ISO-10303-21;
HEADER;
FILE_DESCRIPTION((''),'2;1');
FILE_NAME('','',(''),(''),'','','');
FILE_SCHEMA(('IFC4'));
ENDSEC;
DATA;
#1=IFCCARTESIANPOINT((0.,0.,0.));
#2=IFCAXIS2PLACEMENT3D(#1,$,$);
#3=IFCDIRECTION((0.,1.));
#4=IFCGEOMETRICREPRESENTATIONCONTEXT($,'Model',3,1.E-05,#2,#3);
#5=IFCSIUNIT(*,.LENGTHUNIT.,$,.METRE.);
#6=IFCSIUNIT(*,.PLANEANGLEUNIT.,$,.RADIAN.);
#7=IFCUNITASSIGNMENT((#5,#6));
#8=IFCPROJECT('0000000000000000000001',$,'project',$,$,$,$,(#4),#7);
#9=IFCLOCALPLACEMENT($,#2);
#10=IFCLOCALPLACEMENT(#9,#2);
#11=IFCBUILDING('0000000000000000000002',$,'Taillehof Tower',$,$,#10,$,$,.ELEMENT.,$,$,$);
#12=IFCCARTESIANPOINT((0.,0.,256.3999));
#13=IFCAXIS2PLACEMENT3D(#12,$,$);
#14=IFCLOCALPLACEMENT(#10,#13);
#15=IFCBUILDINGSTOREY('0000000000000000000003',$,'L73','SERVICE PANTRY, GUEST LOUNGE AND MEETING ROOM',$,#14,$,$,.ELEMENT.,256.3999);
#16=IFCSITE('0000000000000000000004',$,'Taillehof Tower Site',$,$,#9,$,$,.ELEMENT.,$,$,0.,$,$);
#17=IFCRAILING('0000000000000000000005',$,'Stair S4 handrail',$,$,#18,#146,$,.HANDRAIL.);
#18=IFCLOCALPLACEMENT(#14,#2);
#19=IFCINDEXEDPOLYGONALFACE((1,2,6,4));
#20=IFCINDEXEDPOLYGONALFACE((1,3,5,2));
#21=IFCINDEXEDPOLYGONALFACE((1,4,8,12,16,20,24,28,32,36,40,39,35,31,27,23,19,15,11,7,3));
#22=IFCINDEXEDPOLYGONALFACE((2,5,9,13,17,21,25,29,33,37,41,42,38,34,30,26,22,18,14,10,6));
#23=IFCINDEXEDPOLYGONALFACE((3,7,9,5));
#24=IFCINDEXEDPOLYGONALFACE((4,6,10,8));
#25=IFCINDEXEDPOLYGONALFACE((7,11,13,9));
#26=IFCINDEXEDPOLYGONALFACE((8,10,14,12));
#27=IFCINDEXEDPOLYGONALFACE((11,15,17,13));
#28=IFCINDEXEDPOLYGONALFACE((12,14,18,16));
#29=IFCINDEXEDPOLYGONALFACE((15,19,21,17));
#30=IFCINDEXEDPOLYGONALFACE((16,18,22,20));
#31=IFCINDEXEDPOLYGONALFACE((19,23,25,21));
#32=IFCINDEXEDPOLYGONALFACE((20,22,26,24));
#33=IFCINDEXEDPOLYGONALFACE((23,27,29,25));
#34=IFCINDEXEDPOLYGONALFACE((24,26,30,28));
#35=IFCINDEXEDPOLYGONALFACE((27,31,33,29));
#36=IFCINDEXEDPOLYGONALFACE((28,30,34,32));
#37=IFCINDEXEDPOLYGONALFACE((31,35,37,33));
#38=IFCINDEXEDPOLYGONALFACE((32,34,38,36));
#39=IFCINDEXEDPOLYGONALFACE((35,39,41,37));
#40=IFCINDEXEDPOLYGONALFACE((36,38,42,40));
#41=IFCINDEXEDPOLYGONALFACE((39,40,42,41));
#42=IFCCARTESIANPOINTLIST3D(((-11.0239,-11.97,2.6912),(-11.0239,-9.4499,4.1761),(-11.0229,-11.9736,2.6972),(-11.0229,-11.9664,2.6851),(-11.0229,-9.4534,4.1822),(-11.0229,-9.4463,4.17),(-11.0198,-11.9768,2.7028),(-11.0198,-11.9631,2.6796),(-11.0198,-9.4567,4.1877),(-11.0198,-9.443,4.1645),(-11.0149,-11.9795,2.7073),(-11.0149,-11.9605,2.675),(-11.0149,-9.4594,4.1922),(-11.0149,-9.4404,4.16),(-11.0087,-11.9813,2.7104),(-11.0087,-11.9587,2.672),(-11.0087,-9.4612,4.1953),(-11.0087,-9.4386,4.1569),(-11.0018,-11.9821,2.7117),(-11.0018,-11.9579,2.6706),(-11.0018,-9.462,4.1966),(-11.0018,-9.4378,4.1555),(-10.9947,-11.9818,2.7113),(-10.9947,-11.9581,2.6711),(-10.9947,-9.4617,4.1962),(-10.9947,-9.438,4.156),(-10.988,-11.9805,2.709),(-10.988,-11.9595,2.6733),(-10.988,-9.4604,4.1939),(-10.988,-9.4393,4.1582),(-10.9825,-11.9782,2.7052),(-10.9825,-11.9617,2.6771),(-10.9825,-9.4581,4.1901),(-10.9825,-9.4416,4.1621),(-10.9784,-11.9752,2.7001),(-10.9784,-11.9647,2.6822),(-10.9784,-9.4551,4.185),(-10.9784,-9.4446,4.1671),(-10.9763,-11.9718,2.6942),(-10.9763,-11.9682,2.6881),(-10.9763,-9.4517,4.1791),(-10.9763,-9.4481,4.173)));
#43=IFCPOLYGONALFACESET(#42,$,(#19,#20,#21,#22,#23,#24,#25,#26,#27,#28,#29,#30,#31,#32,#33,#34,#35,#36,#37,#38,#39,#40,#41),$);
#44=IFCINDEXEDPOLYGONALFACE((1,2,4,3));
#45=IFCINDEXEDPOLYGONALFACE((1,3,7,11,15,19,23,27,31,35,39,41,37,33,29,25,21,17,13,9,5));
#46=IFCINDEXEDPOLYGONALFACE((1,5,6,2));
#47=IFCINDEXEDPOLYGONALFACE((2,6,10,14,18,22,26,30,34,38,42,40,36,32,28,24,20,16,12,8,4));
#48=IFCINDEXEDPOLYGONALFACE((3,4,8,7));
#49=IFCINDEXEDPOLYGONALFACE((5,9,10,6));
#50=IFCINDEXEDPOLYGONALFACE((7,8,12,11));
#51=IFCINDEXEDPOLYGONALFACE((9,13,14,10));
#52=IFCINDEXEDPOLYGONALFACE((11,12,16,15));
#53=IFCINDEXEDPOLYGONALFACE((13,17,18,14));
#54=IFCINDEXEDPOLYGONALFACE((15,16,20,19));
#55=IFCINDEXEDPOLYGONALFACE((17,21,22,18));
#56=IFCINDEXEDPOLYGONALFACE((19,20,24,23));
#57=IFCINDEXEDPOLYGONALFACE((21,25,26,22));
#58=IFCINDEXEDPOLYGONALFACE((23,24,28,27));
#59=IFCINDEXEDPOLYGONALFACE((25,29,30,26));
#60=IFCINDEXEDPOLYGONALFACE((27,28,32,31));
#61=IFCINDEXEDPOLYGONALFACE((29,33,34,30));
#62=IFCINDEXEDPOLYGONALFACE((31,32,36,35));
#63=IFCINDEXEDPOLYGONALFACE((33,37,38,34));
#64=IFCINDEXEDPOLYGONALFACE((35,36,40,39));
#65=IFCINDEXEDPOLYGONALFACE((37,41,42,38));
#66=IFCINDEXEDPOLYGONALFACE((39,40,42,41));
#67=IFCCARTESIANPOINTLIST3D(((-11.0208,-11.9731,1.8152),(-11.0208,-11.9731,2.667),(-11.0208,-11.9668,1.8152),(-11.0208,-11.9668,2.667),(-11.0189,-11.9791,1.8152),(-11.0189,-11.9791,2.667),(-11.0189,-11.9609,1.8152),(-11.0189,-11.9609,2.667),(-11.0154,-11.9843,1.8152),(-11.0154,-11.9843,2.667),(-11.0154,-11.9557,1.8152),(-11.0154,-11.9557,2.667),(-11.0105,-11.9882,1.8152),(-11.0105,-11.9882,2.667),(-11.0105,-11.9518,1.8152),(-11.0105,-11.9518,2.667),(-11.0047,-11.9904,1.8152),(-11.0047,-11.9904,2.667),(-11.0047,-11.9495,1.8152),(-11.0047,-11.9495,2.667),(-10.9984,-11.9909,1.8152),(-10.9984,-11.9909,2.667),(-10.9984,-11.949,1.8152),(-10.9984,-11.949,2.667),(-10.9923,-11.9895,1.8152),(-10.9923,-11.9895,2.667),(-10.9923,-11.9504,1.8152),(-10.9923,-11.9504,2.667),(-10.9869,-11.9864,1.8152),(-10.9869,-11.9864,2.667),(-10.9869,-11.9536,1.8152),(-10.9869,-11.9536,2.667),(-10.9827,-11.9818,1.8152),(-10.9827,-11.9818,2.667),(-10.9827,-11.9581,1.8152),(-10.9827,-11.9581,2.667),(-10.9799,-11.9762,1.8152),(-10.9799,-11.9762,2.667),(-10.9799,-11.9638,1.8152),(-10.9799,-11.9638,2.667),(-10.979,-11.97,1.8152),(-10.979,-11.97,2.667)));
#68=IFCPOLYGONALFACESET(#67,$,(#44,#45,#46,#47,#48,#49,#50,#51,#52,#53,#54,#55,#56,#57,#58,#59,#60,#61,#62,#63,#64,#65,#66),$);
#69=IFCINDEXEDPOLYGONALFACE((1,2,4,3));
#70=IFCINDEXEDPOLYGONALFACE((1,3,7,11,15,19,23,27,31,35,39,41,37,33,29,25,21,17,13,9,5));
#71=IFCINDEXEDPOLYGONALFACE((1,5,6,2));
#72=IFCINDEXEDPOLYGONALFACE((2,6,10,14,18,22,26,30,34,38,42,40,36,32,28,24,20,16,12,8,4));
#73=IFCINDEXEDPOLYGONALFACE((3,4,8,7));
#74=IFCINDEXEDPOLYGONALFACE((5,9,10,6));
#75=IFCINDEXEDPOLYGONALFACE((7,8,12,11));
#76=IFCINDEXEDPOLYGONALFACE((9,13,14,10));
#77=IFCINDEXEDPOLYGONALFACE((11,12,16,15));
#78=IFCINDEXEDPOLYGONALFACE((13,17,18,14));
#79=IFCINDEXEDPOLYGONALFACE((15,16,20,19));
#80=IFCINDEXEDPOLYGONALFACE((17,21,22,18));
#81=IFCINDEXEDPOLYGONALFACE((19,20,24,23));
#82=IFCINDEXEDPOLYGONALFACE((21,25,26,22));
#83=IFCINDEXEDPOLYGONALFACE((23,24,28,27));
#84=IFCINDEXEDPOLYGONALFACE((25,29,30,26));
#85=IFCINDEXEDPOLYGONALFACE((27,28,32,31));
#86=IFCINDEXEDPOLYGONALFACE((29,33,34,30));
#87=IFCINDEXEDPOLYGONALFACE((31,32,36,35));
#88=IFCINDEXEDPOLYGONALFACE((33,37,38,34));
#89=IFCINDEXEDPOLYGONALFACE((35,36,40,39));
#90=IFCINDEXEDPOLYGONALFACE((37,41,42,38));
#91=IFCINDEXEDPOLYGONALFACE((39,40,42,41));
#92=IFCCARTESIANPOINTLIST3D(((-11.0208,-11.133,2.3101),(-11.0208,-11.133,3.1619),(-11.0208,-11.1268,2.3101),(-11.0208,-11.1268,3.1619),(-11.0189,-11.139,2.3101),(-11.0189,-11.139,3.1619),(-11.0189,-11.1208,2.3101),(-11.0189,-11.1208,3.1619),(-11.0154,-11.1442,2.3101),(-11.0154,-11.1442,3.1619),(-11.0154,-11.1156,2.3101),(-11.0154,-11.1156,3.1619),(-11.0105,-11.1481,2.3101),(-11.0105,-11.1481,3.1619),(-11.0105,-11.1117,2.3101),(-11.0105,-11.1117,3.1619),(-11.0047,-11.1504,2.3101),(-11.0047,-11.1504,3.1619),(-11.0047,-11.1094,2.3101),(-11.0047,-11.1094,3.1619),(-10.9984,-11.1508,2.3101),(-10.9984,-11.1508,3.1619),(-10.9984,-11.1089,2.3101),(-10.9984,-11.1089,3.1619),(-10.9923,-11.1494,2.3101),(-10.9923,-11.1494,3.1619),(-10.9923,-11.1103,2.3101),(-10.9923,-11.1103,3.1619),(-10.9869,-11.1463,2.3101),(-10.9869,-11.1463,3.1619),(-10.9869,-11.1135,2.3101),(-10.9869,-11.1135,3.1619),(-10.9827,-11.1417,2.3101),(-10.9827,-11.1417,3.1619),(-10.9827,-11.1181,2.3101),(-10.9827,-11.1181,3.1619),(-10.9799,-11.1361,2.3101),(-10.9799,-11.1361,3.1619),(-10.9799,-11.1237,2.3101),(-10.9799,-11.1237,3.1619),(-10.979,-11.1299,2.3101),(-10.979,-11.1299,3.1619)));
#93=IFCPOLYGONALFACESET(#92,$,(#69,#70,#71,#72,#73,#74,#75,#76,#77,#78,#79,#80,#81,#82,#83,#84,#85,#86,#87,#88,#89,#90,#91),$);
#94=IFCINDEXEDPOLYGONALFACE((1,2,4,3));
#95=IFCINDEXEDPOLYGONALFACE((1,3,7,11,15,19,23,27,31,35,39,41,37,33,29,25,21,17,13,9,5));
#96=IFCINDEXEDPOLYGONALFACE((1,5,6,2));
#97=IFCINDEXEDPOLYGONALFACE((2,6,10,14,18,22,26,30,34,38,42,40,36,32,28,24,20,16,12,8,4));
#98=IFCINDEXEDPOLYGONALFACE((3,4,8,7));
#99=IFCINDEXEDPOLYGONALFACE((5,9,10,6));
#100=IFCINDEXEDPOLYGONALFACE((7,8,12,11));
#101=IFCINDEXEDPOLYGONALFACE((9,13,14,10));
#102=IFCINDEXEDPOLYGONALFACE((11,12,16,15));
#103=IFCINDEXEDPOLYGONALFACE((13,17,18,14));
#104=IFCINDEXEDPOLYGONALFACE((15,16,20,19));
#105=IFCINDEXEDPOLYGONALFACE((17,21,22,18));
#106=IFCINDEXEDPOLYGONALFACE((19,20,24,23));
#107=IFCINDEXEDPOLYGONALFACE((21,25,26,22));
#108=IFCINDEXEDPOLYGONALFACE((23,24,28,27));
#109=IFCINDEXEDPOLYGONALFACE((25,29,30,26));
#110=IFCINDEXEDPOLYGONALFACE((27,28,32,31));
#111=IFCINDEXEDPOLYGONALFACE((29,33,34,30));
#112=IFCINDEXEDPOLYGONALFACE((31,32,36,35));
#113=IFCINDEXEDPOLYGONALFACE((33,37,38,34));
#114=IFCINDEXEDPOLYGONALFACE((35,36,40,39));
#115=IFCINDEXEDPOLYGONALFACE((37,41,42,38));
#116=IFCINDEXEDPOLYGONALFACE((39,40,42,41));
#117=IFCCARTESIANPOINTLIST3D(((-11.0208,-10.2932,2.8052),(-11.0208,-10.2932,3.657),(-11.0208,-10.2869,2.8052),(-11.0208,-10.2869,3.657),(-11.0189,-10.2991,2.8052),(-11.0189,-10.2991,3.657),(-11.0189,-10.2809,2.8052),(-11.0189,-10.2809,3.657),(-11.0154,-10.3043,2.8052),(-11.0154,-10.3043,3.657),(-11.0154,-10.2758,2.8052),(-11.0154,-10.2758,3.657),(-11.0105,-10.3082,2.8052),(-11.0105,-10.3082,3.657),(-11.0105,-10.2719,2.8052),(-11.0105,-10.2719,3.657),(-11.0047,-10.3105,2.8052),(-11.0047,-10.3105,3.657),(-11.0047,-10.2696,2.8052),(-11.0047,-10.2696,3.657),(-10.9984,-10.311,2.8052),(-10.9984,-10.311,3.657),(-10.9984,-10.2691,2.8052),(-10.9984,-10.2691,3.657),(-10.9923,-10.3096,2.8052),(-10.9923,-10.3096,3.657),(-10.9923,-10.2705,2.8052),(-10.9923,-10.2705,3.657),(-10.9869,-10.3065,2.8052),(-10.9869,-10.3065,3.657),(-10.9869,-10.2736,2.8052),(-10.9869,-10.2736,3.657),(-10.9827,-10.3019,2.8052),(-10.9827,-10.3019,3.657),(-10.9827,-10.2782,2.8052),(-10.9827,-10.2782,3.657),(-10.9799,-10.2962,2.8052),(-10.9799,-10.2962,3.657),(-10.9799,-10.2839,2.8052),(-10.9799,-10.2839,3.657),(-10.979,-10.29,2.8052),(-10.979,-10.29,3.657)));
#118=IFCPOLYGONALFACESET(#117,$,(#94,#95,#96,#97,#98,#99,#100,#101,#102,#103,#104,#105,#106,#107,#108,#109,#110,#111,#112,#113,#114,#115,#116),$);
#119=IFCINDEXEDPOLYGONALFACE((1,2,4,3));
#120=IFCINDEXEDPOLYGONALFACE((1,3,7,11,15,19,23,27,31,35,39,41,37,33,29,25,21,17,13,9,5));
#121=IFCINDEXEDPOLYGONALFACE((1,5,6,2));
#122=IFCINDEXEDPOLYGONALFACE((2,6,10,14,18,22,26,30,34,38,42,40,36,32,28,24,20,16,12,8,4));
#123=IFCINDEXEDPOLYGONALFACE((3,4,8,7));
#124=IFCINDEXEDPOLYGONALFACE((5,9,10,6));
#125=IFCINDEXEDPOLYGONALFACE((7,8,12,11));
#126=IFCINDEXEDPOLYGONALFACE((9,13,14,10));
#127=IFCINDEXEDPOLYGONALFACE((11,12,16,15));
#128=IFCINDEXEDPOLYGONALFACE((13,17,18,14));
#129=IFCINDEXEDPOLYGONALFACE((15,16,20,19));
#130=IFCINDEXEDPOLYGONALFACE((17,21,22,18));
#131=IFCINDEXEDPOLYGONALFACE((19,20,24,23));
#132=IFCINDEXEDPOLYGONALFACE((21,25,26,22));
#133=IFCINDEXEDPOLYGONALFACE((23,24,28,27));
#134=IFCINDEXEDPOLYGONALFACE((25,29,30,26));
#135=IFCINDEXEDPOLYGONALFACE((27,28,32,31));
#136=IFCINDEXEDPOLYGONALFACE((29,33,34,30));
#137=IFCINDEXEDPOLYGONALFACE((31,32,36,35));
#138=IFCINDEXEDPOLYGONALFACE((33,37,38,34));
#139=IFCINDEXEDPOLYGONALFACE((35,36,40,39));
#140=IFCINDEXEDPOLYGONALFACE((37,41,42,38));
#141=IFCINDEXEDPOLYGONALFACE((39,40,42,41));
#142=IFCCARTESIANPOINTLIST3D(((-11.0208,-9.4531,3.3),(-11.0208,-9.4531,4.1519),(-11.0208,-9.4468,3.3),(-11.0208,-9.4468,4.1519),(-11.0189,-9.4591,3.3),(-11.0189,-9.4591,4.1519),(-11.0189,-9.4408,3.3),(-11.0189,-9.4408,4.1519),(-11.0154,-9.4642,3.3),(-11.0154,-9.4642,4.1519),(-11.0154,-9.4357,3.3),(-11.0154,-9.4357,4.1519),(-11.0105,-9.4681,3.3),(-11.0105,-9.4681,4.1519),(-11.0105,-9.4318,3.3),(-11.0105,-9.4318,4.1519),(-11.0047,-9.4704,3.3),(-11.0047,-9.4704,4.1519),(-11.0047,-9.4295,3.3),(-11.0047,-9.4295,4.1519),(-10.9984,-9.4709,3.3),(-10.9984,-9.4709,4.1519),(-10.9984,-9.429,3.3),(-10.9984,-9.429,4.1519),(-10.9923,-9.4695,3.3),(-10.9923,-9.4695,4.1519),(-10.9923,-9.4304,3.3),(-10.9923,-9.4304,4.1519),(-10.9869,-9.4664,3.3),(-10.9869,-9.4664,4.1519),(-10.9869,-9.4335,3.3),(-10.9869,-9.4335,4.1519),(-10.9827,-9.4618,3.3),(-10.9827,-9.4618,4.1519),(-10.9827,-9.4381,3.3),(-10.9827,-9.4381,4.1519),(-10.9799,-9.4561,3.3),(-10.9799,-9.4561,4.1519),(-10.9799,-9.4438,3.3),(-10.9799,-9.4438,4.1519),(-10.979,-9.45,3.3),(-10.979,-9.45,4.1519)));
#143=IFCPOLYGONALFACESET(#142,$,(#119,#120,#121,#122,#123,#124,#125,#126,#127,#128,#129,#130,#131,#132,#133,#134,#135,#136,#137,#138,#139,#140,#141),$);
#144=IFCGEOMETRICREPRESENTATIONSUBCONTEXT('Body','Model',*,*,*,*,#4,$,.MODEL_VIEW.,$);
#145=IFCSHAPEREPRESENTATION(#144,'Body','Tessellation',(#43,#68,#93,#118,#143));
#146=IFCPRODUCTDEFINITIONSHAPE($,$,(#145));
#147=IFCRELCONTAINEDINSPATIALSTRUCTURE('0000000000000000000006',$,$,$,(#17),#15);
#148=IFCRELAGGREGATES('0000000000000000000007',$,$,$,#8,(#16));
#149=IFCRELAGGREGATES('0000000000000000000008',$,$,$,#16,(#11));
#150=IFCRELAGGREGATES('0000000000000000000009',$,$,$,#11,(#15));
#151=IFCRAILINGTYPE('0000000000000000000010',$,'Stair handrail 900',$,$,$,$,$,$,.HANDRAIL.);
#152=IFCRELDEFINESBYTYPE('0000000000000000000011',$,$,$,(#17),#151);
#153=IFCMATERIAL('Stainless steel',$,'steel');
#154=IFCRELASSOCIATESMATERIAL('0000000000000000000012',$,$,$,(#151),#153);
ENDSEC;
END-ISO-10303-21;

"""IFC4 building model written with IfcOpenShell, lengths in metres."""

from ifc_helpers import new_model, si_unit, direction, frame, origin, origin_2d, place, context, subcontext, project, spatial, circle, extrude, material, type_object, element, save


model = new_model("IFC4")

# Units and contexts
model_context = context("Model", 3, precision=1e-05, world=origin(), true_north=direction((0.0, 1.0)))
body_context = subcontext(model_context, "Body", "Model", "MODEL_VIEW")
ifc_project = project(units=[si_unit("LENGTHUNIT", "METRE"), si_unit("PLANEANGLEUNIT", "RADIAN")], contexts=[model_context])

# Site, building, storey
site_placement = place(None, origin())
site = spatial("IfcSite", under=ifc_project, at=site_placement, Name="Taillehof Tower Site", CompositionType="ELEMENT", RefElevation=0.0)
building_placement = place(site_placement, origin())
building = spatial("IfcBuilding", under=site, at=building_placement, Name="Taillehof Tower", CompositionType="ELEMENT")
storey_placement = place(building_placement, frame((0.0, 0.0, 256.3999)))
storey = spatial("IfcBuildingStorey", under=building, at=storey_placement, Name="L73", Description="SERVICE PANTRY, GUEST LOUNGE AND MEETING ROOM", CompositionType="ELEMENT", Elevation=256.3999)

# Railing
ifc_material_1 = material(Name="Stainless steel", Category="steel")
railing_type = type_object("IfcRailingType", Name="Stair handrail 900", PredefinedType="HANDRAIL", material=ifc_material_1)
railing_placement = place(storey_placement, frame((-11.0, -11.97, 1.8152)))
element("IfcRailing", 1, at=railing_placement, inside=storey, type_object=railing_type, Name="Stair S4 handrail", PredefinedType="HANDRAIL", context=body_context, shape_type="SweptSolid", body=[
    extrude(circle(Radius=0.0239, at=origin_2d()), frame((0.0, 0.0, 0.876), z_axis=(0.0, 0.861561, 0.507655), x_axis=(-1.0, 0.0, 0.0)), (0.0, 0.0, 1.0), 2.925),
    extrude(circle(Radius=0.021, at=origin_2d()), origin(), (0.0, 0.0, 1.0), 0.8518),
    extrude(circle(Radius=0.021, at=origin_2d()), frame((0.0, 0.8401, 0.4949)), (0.0, 0.0, 1.0), 0.8518),
    extrude(circle(Radius=0.021, at=origin_2d()), frame((0.0, 1.6799, 0.99)), (0.0, 0.0, 1.0), 0.8518),
    extrude(circle(Radius=0.021, at=origin_2d()), frame((0.0, 2.52, 1.4849)), (0.0, 0.0, 1.0), 0.8518),
])

save(model, "model.ifc")
